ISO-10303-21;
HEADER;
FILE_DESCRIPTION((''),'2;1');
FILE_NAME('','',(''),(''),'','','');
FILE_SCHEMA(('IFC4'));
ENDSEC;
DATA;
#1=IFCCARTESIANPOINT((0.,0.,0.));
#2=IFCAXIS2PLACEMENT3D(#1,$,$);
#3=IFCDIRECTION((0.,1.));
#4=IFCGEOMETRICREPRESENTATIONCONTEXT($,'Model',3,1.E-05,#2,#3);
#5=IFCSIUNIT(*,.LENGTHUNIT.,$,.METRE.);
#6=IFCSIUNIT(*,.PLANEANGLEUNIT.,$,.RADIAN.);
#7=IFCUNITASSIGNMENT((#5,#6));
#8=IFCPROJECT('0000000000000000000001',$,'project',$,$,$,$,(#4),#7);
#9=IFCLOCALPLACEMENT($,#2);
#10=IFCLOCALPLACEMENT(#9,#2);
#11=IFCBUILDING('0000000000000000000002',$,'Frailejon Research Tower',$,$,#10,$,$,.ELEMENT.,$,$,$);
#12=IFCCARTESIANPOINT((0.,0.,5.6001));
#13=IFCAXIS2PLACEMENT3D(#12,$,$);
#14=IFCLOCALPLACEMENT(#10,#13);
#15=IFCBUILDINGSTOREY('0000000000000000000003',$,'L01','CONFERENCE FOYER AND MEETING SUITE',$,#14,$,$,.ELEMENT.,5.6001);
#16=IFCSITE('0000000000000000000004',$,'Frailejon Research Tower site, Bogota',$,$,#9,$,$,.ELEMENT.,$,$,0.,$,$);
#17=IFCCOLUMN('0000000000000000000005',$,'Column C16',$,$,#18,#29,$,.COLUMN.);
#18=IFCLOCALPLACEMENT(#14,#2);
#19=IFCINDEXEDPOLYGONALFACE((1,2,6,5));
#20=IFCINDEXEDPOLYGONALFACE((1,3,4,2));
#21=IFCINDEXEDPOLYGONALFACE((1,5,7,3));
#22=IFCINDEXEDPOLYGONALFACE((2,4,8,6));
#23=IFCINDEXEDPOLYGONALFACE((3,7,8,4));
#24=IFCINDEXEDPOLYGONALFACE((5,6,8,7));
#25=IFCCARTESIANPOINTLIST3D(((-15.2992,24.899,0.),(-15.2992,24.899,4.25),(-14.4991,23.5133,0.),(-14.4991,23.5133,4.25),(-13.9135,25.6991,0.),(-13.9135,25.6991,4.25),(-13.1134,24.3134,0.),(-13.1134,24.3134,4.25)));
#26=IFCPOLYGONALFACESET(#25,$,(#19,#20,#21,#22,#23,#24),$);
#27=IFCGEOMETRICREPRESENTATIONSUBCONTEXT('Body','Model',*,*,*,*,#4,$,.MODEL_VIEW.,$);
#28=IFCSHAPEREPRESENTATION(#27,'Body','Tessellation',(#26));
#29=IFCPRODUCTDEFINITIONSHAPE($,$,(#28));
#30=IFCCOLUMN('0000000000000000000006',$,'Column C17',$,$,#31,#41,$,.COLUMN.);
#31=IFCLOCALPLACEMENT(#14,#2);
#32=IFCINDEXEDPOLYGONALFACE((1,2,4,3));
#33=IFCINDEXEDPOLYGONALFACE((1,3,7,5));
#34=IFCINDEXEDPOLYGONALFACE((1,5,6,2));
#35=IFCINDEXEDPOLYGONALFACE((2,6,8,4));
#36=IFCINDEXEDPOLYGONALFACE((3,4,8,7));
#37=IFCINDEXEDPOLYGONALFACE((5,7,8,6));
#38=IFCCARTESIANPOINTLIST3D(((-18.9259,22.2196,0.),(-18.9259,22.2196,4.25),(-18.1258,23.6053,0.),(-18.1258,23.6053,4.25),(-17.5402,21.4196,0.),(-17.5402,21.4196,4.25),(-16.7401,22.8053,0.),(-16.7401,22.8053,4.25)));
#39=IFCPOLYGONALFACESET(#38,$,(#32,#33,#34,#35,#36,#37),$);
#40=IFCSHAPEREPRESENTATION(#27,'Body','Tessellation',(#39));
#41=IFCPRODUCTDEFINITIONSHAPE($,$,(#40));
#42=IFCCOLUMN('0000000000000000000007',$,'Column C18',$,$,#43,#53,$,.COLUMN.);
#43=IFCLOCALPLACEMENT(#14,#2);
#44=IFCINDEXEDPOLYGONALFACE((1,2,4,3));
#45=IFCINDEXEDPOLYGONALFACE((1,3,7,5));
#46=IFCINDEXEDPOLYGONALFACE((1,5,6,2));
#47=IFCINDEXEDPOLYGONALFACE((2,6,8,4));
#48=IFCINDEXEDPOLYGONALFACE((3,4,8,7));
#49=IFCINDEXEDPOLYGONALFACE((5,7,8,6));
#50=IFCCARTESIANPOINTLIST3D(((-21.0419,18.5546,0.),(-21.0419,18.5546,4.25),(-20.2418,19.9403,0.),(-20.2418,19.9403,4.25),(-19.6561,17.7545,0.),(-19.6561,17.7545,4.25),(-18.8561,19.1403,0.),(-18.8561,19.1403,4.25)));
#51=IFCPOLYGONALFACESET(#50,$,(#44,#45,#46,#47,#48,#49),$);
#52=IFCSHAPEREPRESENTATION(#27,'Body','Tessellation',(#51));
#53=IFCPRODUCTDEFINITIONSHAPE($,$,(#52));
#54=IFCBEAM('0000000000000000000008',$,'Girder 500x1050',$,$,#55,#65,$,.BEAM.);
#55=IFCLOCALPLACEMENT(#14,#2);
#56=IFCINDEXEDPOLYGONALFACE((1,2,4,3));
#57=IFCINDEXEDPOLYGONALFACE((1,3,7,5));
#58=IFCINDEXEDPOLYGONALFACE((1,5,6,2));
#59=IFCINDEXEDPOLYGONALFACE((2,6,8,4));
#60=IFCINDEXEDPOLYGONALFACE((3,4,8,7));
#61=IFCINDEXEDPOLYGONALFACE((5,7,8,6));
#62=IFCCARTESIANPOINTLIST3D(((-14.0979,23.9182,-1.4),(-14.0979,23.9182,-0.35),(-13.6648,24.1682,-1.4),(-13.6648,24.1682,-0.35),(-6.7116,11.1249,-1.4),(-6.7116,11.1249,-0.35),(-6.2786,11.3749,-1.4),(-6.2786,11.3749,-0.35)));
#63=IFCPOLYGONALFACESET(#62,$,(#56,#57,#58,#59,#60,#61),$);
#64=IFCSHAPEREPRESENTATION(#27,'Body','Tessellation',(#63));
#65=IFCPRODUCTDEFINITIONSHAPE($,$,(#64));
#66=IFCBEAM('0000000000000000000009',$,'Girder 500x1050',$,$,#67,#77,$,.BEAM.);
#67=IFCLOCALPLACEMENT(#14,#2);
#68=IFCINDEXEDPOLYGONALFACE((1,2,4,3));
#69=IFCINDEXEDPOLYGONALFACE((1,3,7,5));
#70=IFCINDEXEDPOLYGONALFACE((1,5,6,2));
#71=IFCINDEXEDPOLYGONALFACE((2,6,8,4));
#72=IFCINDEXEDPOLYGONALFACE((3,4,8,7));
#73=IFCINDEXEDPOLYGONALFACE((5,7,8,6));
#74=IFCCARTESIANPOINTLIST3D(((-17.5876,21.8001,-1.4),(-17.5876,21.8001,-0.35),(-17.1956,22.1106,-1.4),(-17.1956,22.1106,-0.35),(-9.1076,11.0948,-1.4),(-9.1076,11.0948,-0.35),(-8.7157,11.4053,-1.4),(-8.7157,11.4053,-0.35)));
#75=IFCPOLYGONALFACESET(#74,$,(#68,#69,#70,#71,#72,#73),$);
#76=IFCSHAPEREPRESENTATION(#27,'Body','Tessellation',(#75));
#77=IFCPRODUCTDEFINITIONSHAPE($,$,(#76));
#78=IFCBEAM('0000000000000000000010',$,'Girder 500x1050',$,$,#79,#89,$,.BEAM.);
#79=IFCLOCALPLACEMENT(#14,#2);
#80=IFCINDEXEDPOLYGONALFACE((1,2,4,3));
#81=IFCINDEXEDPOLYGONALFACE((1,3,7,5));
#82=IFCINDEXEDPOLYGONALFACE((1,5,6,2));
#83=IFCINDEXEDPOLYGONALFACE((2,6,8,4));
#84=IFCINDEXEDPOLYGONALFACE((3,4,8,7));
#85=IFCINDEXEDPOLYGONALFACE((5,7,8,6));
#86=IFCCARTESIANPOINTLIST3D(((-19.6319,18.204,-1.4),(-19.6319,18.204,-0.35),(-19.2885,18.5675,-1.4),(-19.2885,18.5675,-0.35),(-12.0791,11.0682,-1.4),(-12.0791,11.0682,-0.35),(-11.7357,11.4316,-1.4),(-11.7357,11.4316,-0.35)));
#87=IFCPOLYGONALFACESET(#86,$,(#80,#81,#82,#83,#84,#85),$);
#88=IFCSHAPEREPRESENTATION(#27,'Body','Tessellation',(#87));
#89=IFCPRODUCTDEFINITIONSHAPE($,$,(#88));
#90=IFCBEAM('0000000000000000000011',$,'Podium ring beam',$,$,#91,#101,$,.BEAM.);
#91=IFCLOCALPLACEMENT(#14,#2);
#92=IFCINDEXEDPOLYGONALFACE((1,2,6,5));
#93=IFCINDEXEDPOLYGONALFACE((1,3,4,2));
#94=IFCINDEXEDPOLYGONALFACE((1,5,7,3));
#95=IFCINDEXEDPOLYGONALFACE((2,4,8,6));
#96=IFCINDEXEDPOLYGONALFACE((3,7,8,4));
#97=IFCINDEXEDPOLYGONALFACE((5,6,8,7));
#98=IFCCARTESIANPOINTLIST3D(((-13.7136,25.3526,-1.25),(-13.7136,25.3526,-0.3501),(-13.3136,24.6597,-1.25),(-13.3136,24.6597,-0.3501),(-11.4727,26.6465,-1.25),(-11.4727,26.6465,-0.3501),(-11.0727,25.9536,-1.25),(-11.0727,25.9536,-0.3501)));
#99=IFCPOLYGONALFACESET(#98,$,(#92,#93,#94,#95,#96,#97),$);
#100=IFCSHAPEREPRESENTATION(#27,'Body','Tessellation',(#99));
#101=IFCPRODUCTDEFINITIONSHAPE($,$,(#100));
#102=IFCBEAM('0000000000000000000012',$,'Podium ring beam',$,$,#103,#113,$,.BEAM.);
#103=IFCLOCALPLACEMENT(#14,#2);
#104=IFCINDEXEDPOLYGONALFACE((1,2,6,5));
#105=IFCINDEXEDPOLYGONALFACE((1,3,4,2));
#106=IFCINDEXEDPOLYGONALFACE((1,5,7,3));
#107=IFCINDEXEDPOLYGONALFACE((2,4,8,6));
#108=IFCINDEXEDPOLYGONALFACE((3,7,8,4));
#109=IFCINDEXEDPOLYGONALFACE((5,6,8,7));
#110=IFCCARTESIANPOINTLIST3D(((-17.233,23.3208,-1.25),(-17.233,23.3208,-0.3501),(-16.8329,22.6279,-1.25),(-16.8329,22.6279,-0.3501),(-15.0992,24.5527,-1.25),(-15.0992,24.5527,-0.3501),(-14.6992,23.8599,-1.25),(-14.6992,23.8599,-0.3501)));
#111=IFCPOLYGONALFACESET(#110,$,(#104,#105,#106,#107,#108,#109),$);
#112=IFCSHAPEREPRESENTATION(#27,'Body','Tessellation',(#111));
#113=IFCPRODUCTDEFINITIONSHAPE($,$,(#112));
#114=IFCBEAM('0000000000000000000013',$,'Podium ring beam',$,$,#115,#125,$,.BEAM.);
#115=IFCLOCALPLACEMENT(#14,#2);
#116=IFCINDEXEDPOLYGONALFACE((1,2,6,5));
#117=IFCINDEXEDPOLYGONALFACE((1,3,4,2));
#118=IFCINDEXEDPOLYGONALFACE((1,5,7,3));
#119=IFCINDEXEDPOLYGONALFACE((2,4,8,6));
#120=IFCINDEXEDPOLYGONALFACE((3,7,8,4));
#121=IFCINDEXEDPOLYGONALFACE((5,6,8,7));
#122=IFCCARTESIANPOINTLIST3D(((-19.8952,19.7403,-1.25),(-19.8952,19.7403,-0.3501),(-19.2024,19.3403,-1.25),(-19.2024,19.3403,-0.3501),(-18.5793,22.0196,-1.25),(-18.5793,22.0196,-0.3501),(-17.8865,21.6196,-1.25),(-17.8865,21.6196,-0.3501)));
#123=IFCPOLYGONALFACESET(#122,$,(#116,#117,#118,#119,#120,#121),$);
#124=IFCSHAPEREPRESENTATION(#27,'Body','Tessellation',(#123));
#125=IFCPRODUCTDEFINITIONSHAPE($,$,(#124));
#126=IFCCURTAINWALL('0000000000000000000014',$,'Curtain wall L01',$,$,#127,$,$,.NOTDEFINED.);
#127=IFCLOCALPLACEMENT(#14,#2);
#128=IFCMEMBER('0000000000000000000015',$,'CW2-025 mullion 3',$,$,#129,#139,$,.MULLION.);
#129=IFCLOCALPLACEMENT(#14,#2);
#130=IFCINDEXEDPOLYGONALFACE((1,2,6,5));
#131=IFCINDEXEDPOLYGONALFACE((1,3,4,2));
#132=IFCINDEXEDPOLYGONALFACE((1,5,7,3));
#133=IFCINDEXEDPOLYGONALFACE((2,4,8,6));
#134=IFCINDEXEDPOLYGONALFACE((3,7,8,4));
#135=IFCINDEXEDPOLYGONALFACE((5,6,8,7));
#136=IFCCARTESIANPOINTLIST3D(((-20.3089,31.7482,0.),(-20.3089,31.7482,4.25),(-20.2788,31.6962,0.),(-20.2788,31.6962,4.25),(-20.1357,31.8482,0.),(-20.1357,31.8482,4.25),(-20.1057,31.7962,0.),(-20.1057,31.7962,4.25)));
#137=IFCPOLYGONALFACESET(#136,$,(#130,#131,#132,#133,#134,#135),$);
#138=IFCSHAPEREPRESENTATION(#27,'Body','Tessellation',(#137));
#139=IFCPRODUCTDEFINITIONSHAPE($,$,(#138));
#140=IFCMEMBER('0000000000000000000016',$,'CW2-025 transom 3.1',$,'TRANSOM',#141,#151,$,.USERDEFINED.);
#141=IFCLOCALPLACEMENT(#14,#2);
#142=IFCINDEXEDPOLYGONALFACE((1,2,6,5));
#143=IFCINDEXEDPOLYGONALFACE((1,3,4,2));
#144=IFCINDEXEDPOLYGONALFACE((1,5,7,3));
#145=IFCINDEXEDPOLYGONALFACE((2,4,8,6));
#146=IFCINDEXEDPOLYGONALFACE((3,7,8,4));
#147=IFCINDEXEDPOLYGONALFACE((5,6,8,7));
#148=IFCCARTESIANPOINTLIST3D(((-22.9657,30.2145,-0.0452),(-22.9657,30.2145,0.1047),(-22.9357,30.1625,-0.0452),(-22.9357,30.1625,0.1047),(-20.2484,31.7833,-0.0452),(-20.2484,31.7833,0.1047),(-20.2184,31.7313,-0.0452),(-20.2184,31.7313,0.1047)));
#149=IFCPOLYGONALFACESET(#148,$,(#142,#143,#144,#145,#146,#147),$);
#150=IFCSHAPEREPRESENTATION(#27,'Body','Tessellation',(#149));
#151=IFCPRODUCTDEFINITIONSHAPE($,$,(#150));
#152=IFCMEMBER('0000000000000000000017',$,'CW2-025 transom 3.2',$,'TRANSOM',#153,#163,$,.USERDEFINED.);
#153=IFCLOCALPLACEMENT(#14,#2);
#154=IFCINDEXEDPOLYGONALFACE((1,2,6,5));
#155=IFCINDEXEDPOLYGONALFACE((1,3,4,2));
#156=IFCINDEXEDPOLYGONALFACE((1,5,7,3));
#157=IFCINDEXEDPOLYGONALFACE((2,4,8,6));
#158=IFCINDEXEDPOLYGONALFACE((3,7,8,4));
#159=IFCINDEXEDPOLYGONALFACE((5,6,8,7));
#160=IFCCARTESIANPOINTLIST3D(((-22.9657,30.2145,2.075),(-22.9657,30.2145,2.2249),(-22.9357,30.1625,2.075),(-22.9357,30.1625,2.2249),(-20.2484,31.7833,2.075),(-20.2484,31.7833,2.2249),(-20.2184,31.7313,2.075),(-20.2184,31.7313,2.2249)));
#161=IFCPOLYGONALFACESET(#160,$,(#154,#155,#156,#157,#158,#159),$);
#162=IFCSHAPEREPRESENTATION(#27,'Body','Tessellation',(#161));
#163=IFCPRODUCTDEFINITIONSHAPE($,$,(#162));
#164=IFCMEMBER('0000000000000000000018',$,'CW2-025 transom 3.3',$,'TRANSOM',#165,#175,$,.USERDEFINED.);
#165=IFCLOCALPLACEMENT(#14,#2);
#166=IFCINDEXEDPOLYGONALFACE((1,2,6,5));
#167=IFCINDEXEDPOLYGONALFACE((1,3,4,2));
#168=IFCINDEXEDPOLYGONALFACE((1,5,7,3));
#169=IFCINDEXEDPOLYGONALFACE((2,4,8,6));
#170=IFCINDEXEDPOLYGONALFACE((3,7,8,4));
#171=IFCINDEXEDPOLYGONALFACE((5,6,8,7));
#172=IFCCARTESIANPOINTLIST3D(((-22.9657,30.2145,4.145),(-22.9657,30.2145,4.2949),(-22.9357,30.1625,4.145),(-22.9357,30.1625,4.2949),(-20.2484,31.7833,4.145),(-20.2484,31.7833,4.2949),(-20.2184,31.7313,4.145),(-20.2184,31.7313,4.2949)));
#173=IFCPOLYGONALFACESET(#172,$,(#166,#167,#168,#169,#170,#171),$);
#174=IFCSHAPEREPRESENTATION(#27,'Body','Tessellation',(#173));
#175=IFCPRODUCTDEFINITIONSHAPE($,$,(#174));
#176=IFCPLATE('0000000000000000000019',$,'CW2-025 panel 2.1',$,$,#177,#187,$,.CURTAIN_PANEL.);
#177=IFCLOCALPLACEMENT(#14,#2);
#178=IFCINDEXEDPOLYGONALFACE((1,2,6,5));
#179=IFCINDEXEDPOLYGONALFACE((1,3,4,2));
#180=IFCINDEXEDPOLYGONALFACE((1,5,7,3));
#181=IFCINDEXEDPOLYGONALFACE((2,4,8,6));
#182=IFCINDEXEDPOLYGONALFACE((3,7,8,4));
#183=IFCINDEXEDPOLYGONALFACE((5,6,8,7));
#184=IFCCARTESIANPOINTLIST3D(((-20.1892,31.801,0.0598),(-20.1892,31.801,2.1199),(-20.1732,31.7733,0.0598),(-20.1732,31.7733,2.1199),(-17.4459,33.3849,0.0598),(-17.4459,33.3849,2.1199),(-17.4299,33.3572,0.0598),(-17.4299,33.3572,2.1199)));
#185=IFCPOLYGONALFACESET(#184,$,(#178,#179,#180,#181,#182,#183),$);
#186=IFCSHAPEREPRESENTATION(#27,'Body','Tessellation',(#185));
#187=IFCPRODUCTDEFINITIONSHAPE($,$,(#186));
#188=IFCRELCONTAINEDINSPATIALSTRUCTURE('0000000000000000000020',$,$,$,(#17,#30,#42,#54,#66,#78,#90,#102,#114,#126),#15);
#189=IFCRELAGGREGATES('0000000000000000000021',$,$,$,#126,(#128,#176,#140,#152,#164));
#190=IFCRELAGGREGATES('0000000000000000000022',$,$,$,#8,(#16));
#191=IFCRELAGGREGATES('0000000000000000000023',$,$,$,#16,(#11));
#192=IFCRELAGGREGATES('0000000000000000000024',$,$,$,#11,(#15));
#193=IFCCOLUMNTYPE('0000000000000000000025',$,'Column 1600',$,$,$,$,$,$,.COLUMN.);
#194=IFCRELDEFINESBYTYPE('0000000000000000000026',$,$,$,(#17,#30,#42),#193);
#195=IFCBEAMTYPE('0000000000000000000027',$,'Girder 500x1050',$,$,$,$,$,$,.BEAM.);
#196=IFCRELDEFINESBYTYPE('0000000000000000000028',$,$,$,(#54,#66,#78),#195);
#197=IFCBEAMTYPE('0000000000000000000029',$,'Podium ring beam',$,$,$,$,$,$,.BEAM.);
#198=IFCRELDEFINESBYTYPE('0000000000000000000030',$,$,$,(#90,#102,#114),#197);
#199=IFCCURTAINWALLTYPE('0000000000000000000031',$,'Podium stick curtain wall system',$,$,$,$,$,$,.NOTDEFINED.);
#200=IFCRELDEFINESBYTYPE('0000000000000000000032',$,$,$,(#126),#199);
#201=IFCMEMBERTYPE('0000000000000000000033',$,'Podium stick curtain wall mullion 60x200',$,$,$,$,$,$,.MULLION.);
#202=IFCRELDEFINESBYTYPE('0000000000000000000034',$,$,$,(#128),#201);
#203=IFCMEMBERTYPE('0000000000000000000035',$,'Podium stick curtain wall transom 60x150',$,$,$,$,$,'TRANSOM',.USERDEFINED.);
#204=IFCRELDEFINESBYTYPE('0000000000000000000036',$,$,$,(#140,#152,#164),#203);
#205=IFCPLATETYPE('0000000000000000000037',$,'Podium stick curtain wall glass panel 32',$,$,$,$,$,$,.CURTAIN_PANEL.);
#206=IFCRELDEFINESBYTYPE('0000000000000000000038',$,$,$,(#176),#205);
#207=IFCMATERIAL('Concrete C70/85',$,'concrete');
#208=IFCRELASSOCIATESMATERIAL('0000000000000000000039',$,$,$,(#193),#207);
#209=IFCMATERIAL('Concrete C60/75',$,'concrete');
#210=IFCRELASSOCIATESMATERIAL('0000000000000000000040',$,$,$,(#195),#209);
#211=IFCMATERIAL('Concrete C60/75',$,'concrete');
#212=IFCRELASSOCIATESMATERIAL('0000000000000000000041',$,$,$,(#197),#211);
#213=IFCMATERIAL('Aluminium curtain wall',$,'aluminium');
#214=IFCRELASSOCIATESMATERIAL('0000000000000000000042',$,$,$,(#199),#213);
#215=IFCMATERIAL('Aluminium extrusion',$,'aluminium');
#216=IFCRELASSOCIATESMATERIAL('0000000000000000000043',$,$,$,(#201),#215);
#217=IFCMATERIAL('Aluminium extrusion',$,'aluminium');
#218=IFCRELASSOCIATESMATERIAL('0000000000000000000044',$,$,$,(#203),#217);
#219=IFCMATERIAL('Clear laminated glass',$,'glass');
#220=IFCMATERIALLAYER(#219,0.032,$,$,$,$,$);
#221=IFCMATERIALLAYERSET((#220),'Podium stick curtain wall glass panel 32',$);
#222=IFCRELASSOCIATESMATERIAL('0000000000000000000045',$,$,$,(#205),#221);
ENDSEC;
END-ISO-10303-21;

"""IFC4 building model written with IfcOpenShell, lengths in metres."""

from ifc_helpers import new_model, si_unit, direction, frame, origin, origin_2d, place, context, subcontext, project, spatial, rectangle, extrude, material, layer, layer_set, material_profile, profile_set, type_object, element, aggregate, save


model = new_model("IFC4")

# Units and contexts
model_context = context("Model", 3, precision=1e-05, world=origin(), true_north=direction((0.0, 1.0)))
body_context = subcontext(model_context, "Body", "Model", "MODEL_VIEW")
ifc_project = project(units=[si_unit("LENGTHUNIT", "METRE"), si_unit("PLANEANGLEUNIT", "RADIAN")], contexts=[model_context])

# Site, building, storey
site_placement = place(None, origin())
site = spatial("IfcSite", under=ifc_project, at=site_placement, Name="Frailejon Research Tower site, Bogota", CompositionType="ELEMENT", RefElevation=0.0)
building_placement = place(site_placement, origin())
building = spatial("IfcBuilding", under=site, at=building_placement, Name="Frailejon Research Tower", CompositionType="ELEMENT")
storey_placement = place(building_placement, frame((0.0, 0.0, 5.6001)))
storey = spatial("IfcBuildingStorey", under=building, at=storey_placement, Name="L01", Description="CONFERENCE FOYER AND MEETING SUITE", CompositionType="ELEMENT", Elevation=5.6001)

# Columns
ifc_material_1 = material(Name="Concrete C70/85", Category="concrete")
ifc_material_profile_1 = material_profile(ifc_material_1, rectangle(XDim=1.6001, YDim=1.6001, at=origin_2d()), Name="Column 1600")
ifc_profile_set_1 = profile_set([ifc_material_profile_1], Name="Concrete C70/85")
column_type = type_object("IfcColumnType", Name="Column 1600", PredefinedType="COLUMN", material=ifc_profile_set_1)
for number, where, z_axis, x_axis, name in (
    (1, (-14.2063, 24.6062, 0.0), (0.0, 0.0, 1.0), (-0.866025, -0.5, 0.0), "Column C16"),
    (2, (-17.833, 22.5125, 0.0), (0.0, 0.0, 1.0), (-0.5, -0.866025, 0.0), "Column C17"),
    (3, (-19.949, 18.8474, 0.0), (0.0, 0.0, 1.0), (-0.5, -0.866025, 0.0), "Column C18"),
):
    element("IfcColumn", number, at=place(storey_placement, frame(where, z_axis=z_axis, x_axis=x_axis)), inside=storey, type_object=column_type, Name=name, PredefinedType="COLUMN", context=body_context, shape_type="SweptSolid", body=[
        extrude(rectangle(XDim=1.6001, YDim=1.6001, at=origin_2d()), origin(), (0.0, 0.0, 1.0), 4.25),
    ])

# Beams
ifc_material_2 = material(Name="Concrete C60/75", Category="concrete")
ifc_material_profile_2 = material_profile(ifc_material_2, rectangle(XDim=0.5, YDim=1.05, at=origin_2d()), Name="Girder 500x1050")
ifc_profile_set_2 = profile_set([ifc_material_profile_2], Name="Concrete C60/75")
beam_type_1 = type_object("IfcBeamType", Name="Girder 500x1050", PredefinedType="BEAM", material=ifc_profile_set_2)
beam_1_placement = place(storey_placement, frame((-13.8813, 24.0432, -0.875), z_axis=(0.500003, -0.866023, 0.0), x_axis=(0.866023, 0.500003, 0.0)))
element("IfcBeam", 4, at=beam_1_placement, inside=storey, type_object=beam_type_1, Name="Girder 500x1050", PredefinedType="BEAM", context=body_context, shape_type="SweptSolid", body=[
    extrude(rectangle(XDim=0.5, YDim=1.05, at=origin_2d()), origin(), (0.0, 0.0, 1.0), 14.7725),
])
beam_2_placement = place(storey_placement, frame((-17.3916, 21.9553, -0.875), z_axis=(0.620925, -0.78387, 0.0), x_axis=(0.78387, 0.620925, 0.0)))
element("IfcBeam", 5, at=beam_2_placement, inside=storey, type_object=beam_type_1, Name="Girder 500x1050", PredefinedType="BEAM", context=body_context, shape_type="SweptSolid", body=[
    extrude(rectangle(XDim=0.5, YDim=1.05, at=origin_2d()), origin(), (0.0, 0.0, 1.0), 13.657),
])
beam_3_placement = place(storey_placement, frame((-19.4602, 18.3857, -0.875), z_axis=(0.726888, -0.686756, 0.0), x_axis=(0.686756, 0.726888, 0.0)))
element("IfcBeam", 6, at=beam_3_placement, inside=storey, type_object=beam_type_1, Name="Girder 500x1050", PredefinedType="BEAM", context=body_context, shape_type="SweptSolid", body=[
    extrude(rectangle(XDim=0.5, YDim=1.05, at=origin_2d()), origin(), (0.0, 0.0, 1.0), 10.3906),
])
ifc_material_3 = material(Name="Concrete C60/75", Category="concrete")
ifc_material_profile_3 = material_profile(ifc_material_3, rectangle(XDim=0.8, YDim=0.8999, at=origin_2d()), Name="Podium ring beam")
ifc_profile_set_3 = profile_set([ifc_material_profile_3], Name="Concrete C60/75")
beam_type_2 = type_object("IfcBeamType", Name="Podium ring beam", PredefinedType="BEAM", material=ifc_profile_set_3)
beam_4_placement = place(storey_placement, frame((-11.2727, 26.3, -0.8), z_axis=(-0.866005, -0.500036, 0.0), x_axis=(0.500036, -0.866005, 0.0)))
element("IfcBeam", 7, at=beam_4_placement, inside=storey, type_object=beam_type_2, Name="Podium ring beam", PredefinedType="BEAM", context=body_context, shape_type="SweptSolid", body=[
    extrude(rectangle(XDim=0.8, YDim=0.8999, at=origin_2d()), origin(), (0.0, 0.0, 1.0), 2.5876),
])
beam_5_placement = place(storey_placement, frame((-14.8992, 24.2063, -0.8), z_axis=(-0.866027, -0.499997, 0.0), x_axis=(0.499997, -0.866027, 0.0)))
element("IfcBeam", 8, at=beam_5_placement, inside=storey, type_object=beam_type_2, Name="Podium ring beam", PredefinedType="BEAM", context=body_context, shape_type="SweptSolid", body=[
    extrude(rectangle(XDim=0.8, YDim=0.8999, at=origin_2d()), origin(), (0.0, 0.0, 1.0), 2.4639),
])
beam_6_placement = place(storey_placement, frame((-18.2329, 21.8196, -0.8), z_axis=(-0.49999, -0.866031, 0.0), x_axis=(0.866031, -0.49999, 0.0)))
element("IfcBeam", 9, at=beam_6_placement, inside=storey, type_object=beam_type_2, Name="Podium ring beam", PredefinedType="BEAM", context=body_context, shape_type="SweptSolid", body=[
    extrude(rectangle(XDim=0.8, YDim=0.8999, at=origin_2d()), origin(), (0.0, 0.0, 1.0), 2.6318),
])

# Curtain wall, members, plate
ifc_material_4 = material(Name="Aluminium curtain wall", Category="aluminium")
curtain_wall_type = type_object("IfcCurtainWallType", Name="Podium stick curtain wall system", PredefinedType="NOTDEFINED", material=ifc_material_4)
curtain_wall_placement = place(storey_placement, origin())
curtain_wall = element("IfcCurtainWall", 10, at=curtain_wall_placement, inside=storey, type_object=curtain_wall_type, Name="Curtain wall L01", PredefinedType="NOTDEFINED")
ifc_material_5 = material(Name="Aluminium extrusion", Category="aluminium")
ifc_material_profile_4 = material_profile(ifc_material_5, rectangle(XDim=0.0601, YDim=0.2, at=origin_2d()), Name="Podium stick curtain wall mullion 60x200")
ifc_profile_set_4 = profile_set([ifc_material_profile_4], Name="Aluminium extrusion")
member_type_1 = type_object("IfcMemberType", Name="Podium stick curtain wall mullion 60x200", PredefinedType="MULLION", material=ifc_profile_set_4)
member_1_placement = place(storey_placement, frame((-20.2073, 31.7722, 0.0), z_axis=(0.0, 0.0, 1.0), x_axis=(0.5, -0.866025, 0.0)))
member_1 = element("IfcMember", 11, at=member_1_placement, type_object=member_type_1, Name="CW2-025 mullion 3", PredefinedType="MULLION", context=body_context, shape_type="SweptSolid", body=[
    extrude(rectangle(XDim=0.0601, YDim=0.2, at=origin_2d()), origin(), (0.0, 0.0, 1.0), 4.25),
])
ifc_material_6 = material(Name="Aluminium extrusion", Category="aluminium")
ifc_material_profile_5 = material_profile(ifc_material_6, rectangle(XDim=0.0601, YDim=0.1499, at=origin_2d()), Name="Podium stick curtain wall transom 60x150")
ifc_profile_set_5 = profile_set([ifc_material_profile_5], Name="Aluminium extrusion")
member_type_2 = type_object("IfcMemberType", Name="Podium stick curtain wall transom 60x150", ElementType="TRANSOM", PredefinedType="USERDEFINED", material=ifc_profile_set_5)
member_2_placement = place(storey_placement, frame((-20.2334, 31.7573, 0.0298), z_axis=(-0.866022, -0.500005, 0.0), x_axis=(0.500005, -0.866022, 0.0)))
member_2 = element("IfcMember", 12, at=member_2_placement, type_object=member_type_2, Name="CW2-025 transom 3.1", ObjectType="TRANSOM", PredefinedType="USERDEFINED", context=body_context, shape_type="SweptSolid", body=[
    extrude(rectangle(XDim=0.0601, YDim=0.1499, at=origin_2d()), origin(), (0.0, 0.0, 1.0), 3.1377),
])
member_3_placement = place(storey_placement, frame((-20.2334, 31.7573, 2.1499), z_axis=(-0.866022, -0.500005, 0.0), x_axis=(0.500005, -0.866022, 0.0)))
member_3 = element("IfcMember", 13, at=member_3_placement, type_object=member_type_2, Name="CW2-025 transom 3.2", ObjectType="TRANSOM", PredefinedType="USERDEFINED", context=body_context, shape_type="SweptSolid", body=[
    extrude(rectangle(XDim=0.0601, YDim=0.1499, at=origin_2d()), origin(), (0.0, 0.0, 1.0), 3.1377),
])
member_4_placement = place(storey_placement, frame((-20.2334, 31.7573, 4.22), z_axis=(-0.866022, -0.500005, 0.0), x_axis=(0.500005, -0.866022, 0.0)))
member_4 = element("IfcMember", 14, at=member_4_placement, type_object=member_type_2, Name="CW2-025 transom 3.3", ObjectType="TRANSOM", PredefinedType="USERDEFINED", context=body_context, shape_type="SweptSolid", body=[
    extrude(rectangle(XDim=0.0601, YDim=0.1499, at=origin_2d()), origin(), (0.0, 0.0, 1.0), 3.1377),
])
ifc_material_7 = material(Name="Clear laminated glass", Category="glass")
ifc_layer_1 = layer(ifc_material_7, 0.032)
ifc_layer_set_1 = layer_set([ifc_layer_1], Name="Podium stick curtain wall glass panel 32")
plate_type = type_object("IfcPlateType", Name="Podium stick curtain wall glass panel 32", PredefinedType="CURTAIN_PANEL", material=ifc_layer_set_1)
plate_1_placement = place(storey_placement, frame((-18.8096, 32.5791, 0.0598), z_axis=(0.0, 0.0, 1.0), x_axis=(-0.866025, -0.5, 0.0)))
plate_1 = element("IfcPlate", 15, at=plate_1_placement, type_object=plate_type, Name="CW2-025 panel 2.1", PredefinedType="CURTAIN_PANEL", context=body_context, shape_type="SweptSolid", body=[
    extrude(rectangle(XDim=3.1677, YDim=0.032, at=origin_2d()), origin(), (0.0, 0.0, 1.0), 2.0601),
])
aggregate(curtain_wall, [member_1, plate_1, member_2, member_3, member_4])

save(model, "model.ifc")
